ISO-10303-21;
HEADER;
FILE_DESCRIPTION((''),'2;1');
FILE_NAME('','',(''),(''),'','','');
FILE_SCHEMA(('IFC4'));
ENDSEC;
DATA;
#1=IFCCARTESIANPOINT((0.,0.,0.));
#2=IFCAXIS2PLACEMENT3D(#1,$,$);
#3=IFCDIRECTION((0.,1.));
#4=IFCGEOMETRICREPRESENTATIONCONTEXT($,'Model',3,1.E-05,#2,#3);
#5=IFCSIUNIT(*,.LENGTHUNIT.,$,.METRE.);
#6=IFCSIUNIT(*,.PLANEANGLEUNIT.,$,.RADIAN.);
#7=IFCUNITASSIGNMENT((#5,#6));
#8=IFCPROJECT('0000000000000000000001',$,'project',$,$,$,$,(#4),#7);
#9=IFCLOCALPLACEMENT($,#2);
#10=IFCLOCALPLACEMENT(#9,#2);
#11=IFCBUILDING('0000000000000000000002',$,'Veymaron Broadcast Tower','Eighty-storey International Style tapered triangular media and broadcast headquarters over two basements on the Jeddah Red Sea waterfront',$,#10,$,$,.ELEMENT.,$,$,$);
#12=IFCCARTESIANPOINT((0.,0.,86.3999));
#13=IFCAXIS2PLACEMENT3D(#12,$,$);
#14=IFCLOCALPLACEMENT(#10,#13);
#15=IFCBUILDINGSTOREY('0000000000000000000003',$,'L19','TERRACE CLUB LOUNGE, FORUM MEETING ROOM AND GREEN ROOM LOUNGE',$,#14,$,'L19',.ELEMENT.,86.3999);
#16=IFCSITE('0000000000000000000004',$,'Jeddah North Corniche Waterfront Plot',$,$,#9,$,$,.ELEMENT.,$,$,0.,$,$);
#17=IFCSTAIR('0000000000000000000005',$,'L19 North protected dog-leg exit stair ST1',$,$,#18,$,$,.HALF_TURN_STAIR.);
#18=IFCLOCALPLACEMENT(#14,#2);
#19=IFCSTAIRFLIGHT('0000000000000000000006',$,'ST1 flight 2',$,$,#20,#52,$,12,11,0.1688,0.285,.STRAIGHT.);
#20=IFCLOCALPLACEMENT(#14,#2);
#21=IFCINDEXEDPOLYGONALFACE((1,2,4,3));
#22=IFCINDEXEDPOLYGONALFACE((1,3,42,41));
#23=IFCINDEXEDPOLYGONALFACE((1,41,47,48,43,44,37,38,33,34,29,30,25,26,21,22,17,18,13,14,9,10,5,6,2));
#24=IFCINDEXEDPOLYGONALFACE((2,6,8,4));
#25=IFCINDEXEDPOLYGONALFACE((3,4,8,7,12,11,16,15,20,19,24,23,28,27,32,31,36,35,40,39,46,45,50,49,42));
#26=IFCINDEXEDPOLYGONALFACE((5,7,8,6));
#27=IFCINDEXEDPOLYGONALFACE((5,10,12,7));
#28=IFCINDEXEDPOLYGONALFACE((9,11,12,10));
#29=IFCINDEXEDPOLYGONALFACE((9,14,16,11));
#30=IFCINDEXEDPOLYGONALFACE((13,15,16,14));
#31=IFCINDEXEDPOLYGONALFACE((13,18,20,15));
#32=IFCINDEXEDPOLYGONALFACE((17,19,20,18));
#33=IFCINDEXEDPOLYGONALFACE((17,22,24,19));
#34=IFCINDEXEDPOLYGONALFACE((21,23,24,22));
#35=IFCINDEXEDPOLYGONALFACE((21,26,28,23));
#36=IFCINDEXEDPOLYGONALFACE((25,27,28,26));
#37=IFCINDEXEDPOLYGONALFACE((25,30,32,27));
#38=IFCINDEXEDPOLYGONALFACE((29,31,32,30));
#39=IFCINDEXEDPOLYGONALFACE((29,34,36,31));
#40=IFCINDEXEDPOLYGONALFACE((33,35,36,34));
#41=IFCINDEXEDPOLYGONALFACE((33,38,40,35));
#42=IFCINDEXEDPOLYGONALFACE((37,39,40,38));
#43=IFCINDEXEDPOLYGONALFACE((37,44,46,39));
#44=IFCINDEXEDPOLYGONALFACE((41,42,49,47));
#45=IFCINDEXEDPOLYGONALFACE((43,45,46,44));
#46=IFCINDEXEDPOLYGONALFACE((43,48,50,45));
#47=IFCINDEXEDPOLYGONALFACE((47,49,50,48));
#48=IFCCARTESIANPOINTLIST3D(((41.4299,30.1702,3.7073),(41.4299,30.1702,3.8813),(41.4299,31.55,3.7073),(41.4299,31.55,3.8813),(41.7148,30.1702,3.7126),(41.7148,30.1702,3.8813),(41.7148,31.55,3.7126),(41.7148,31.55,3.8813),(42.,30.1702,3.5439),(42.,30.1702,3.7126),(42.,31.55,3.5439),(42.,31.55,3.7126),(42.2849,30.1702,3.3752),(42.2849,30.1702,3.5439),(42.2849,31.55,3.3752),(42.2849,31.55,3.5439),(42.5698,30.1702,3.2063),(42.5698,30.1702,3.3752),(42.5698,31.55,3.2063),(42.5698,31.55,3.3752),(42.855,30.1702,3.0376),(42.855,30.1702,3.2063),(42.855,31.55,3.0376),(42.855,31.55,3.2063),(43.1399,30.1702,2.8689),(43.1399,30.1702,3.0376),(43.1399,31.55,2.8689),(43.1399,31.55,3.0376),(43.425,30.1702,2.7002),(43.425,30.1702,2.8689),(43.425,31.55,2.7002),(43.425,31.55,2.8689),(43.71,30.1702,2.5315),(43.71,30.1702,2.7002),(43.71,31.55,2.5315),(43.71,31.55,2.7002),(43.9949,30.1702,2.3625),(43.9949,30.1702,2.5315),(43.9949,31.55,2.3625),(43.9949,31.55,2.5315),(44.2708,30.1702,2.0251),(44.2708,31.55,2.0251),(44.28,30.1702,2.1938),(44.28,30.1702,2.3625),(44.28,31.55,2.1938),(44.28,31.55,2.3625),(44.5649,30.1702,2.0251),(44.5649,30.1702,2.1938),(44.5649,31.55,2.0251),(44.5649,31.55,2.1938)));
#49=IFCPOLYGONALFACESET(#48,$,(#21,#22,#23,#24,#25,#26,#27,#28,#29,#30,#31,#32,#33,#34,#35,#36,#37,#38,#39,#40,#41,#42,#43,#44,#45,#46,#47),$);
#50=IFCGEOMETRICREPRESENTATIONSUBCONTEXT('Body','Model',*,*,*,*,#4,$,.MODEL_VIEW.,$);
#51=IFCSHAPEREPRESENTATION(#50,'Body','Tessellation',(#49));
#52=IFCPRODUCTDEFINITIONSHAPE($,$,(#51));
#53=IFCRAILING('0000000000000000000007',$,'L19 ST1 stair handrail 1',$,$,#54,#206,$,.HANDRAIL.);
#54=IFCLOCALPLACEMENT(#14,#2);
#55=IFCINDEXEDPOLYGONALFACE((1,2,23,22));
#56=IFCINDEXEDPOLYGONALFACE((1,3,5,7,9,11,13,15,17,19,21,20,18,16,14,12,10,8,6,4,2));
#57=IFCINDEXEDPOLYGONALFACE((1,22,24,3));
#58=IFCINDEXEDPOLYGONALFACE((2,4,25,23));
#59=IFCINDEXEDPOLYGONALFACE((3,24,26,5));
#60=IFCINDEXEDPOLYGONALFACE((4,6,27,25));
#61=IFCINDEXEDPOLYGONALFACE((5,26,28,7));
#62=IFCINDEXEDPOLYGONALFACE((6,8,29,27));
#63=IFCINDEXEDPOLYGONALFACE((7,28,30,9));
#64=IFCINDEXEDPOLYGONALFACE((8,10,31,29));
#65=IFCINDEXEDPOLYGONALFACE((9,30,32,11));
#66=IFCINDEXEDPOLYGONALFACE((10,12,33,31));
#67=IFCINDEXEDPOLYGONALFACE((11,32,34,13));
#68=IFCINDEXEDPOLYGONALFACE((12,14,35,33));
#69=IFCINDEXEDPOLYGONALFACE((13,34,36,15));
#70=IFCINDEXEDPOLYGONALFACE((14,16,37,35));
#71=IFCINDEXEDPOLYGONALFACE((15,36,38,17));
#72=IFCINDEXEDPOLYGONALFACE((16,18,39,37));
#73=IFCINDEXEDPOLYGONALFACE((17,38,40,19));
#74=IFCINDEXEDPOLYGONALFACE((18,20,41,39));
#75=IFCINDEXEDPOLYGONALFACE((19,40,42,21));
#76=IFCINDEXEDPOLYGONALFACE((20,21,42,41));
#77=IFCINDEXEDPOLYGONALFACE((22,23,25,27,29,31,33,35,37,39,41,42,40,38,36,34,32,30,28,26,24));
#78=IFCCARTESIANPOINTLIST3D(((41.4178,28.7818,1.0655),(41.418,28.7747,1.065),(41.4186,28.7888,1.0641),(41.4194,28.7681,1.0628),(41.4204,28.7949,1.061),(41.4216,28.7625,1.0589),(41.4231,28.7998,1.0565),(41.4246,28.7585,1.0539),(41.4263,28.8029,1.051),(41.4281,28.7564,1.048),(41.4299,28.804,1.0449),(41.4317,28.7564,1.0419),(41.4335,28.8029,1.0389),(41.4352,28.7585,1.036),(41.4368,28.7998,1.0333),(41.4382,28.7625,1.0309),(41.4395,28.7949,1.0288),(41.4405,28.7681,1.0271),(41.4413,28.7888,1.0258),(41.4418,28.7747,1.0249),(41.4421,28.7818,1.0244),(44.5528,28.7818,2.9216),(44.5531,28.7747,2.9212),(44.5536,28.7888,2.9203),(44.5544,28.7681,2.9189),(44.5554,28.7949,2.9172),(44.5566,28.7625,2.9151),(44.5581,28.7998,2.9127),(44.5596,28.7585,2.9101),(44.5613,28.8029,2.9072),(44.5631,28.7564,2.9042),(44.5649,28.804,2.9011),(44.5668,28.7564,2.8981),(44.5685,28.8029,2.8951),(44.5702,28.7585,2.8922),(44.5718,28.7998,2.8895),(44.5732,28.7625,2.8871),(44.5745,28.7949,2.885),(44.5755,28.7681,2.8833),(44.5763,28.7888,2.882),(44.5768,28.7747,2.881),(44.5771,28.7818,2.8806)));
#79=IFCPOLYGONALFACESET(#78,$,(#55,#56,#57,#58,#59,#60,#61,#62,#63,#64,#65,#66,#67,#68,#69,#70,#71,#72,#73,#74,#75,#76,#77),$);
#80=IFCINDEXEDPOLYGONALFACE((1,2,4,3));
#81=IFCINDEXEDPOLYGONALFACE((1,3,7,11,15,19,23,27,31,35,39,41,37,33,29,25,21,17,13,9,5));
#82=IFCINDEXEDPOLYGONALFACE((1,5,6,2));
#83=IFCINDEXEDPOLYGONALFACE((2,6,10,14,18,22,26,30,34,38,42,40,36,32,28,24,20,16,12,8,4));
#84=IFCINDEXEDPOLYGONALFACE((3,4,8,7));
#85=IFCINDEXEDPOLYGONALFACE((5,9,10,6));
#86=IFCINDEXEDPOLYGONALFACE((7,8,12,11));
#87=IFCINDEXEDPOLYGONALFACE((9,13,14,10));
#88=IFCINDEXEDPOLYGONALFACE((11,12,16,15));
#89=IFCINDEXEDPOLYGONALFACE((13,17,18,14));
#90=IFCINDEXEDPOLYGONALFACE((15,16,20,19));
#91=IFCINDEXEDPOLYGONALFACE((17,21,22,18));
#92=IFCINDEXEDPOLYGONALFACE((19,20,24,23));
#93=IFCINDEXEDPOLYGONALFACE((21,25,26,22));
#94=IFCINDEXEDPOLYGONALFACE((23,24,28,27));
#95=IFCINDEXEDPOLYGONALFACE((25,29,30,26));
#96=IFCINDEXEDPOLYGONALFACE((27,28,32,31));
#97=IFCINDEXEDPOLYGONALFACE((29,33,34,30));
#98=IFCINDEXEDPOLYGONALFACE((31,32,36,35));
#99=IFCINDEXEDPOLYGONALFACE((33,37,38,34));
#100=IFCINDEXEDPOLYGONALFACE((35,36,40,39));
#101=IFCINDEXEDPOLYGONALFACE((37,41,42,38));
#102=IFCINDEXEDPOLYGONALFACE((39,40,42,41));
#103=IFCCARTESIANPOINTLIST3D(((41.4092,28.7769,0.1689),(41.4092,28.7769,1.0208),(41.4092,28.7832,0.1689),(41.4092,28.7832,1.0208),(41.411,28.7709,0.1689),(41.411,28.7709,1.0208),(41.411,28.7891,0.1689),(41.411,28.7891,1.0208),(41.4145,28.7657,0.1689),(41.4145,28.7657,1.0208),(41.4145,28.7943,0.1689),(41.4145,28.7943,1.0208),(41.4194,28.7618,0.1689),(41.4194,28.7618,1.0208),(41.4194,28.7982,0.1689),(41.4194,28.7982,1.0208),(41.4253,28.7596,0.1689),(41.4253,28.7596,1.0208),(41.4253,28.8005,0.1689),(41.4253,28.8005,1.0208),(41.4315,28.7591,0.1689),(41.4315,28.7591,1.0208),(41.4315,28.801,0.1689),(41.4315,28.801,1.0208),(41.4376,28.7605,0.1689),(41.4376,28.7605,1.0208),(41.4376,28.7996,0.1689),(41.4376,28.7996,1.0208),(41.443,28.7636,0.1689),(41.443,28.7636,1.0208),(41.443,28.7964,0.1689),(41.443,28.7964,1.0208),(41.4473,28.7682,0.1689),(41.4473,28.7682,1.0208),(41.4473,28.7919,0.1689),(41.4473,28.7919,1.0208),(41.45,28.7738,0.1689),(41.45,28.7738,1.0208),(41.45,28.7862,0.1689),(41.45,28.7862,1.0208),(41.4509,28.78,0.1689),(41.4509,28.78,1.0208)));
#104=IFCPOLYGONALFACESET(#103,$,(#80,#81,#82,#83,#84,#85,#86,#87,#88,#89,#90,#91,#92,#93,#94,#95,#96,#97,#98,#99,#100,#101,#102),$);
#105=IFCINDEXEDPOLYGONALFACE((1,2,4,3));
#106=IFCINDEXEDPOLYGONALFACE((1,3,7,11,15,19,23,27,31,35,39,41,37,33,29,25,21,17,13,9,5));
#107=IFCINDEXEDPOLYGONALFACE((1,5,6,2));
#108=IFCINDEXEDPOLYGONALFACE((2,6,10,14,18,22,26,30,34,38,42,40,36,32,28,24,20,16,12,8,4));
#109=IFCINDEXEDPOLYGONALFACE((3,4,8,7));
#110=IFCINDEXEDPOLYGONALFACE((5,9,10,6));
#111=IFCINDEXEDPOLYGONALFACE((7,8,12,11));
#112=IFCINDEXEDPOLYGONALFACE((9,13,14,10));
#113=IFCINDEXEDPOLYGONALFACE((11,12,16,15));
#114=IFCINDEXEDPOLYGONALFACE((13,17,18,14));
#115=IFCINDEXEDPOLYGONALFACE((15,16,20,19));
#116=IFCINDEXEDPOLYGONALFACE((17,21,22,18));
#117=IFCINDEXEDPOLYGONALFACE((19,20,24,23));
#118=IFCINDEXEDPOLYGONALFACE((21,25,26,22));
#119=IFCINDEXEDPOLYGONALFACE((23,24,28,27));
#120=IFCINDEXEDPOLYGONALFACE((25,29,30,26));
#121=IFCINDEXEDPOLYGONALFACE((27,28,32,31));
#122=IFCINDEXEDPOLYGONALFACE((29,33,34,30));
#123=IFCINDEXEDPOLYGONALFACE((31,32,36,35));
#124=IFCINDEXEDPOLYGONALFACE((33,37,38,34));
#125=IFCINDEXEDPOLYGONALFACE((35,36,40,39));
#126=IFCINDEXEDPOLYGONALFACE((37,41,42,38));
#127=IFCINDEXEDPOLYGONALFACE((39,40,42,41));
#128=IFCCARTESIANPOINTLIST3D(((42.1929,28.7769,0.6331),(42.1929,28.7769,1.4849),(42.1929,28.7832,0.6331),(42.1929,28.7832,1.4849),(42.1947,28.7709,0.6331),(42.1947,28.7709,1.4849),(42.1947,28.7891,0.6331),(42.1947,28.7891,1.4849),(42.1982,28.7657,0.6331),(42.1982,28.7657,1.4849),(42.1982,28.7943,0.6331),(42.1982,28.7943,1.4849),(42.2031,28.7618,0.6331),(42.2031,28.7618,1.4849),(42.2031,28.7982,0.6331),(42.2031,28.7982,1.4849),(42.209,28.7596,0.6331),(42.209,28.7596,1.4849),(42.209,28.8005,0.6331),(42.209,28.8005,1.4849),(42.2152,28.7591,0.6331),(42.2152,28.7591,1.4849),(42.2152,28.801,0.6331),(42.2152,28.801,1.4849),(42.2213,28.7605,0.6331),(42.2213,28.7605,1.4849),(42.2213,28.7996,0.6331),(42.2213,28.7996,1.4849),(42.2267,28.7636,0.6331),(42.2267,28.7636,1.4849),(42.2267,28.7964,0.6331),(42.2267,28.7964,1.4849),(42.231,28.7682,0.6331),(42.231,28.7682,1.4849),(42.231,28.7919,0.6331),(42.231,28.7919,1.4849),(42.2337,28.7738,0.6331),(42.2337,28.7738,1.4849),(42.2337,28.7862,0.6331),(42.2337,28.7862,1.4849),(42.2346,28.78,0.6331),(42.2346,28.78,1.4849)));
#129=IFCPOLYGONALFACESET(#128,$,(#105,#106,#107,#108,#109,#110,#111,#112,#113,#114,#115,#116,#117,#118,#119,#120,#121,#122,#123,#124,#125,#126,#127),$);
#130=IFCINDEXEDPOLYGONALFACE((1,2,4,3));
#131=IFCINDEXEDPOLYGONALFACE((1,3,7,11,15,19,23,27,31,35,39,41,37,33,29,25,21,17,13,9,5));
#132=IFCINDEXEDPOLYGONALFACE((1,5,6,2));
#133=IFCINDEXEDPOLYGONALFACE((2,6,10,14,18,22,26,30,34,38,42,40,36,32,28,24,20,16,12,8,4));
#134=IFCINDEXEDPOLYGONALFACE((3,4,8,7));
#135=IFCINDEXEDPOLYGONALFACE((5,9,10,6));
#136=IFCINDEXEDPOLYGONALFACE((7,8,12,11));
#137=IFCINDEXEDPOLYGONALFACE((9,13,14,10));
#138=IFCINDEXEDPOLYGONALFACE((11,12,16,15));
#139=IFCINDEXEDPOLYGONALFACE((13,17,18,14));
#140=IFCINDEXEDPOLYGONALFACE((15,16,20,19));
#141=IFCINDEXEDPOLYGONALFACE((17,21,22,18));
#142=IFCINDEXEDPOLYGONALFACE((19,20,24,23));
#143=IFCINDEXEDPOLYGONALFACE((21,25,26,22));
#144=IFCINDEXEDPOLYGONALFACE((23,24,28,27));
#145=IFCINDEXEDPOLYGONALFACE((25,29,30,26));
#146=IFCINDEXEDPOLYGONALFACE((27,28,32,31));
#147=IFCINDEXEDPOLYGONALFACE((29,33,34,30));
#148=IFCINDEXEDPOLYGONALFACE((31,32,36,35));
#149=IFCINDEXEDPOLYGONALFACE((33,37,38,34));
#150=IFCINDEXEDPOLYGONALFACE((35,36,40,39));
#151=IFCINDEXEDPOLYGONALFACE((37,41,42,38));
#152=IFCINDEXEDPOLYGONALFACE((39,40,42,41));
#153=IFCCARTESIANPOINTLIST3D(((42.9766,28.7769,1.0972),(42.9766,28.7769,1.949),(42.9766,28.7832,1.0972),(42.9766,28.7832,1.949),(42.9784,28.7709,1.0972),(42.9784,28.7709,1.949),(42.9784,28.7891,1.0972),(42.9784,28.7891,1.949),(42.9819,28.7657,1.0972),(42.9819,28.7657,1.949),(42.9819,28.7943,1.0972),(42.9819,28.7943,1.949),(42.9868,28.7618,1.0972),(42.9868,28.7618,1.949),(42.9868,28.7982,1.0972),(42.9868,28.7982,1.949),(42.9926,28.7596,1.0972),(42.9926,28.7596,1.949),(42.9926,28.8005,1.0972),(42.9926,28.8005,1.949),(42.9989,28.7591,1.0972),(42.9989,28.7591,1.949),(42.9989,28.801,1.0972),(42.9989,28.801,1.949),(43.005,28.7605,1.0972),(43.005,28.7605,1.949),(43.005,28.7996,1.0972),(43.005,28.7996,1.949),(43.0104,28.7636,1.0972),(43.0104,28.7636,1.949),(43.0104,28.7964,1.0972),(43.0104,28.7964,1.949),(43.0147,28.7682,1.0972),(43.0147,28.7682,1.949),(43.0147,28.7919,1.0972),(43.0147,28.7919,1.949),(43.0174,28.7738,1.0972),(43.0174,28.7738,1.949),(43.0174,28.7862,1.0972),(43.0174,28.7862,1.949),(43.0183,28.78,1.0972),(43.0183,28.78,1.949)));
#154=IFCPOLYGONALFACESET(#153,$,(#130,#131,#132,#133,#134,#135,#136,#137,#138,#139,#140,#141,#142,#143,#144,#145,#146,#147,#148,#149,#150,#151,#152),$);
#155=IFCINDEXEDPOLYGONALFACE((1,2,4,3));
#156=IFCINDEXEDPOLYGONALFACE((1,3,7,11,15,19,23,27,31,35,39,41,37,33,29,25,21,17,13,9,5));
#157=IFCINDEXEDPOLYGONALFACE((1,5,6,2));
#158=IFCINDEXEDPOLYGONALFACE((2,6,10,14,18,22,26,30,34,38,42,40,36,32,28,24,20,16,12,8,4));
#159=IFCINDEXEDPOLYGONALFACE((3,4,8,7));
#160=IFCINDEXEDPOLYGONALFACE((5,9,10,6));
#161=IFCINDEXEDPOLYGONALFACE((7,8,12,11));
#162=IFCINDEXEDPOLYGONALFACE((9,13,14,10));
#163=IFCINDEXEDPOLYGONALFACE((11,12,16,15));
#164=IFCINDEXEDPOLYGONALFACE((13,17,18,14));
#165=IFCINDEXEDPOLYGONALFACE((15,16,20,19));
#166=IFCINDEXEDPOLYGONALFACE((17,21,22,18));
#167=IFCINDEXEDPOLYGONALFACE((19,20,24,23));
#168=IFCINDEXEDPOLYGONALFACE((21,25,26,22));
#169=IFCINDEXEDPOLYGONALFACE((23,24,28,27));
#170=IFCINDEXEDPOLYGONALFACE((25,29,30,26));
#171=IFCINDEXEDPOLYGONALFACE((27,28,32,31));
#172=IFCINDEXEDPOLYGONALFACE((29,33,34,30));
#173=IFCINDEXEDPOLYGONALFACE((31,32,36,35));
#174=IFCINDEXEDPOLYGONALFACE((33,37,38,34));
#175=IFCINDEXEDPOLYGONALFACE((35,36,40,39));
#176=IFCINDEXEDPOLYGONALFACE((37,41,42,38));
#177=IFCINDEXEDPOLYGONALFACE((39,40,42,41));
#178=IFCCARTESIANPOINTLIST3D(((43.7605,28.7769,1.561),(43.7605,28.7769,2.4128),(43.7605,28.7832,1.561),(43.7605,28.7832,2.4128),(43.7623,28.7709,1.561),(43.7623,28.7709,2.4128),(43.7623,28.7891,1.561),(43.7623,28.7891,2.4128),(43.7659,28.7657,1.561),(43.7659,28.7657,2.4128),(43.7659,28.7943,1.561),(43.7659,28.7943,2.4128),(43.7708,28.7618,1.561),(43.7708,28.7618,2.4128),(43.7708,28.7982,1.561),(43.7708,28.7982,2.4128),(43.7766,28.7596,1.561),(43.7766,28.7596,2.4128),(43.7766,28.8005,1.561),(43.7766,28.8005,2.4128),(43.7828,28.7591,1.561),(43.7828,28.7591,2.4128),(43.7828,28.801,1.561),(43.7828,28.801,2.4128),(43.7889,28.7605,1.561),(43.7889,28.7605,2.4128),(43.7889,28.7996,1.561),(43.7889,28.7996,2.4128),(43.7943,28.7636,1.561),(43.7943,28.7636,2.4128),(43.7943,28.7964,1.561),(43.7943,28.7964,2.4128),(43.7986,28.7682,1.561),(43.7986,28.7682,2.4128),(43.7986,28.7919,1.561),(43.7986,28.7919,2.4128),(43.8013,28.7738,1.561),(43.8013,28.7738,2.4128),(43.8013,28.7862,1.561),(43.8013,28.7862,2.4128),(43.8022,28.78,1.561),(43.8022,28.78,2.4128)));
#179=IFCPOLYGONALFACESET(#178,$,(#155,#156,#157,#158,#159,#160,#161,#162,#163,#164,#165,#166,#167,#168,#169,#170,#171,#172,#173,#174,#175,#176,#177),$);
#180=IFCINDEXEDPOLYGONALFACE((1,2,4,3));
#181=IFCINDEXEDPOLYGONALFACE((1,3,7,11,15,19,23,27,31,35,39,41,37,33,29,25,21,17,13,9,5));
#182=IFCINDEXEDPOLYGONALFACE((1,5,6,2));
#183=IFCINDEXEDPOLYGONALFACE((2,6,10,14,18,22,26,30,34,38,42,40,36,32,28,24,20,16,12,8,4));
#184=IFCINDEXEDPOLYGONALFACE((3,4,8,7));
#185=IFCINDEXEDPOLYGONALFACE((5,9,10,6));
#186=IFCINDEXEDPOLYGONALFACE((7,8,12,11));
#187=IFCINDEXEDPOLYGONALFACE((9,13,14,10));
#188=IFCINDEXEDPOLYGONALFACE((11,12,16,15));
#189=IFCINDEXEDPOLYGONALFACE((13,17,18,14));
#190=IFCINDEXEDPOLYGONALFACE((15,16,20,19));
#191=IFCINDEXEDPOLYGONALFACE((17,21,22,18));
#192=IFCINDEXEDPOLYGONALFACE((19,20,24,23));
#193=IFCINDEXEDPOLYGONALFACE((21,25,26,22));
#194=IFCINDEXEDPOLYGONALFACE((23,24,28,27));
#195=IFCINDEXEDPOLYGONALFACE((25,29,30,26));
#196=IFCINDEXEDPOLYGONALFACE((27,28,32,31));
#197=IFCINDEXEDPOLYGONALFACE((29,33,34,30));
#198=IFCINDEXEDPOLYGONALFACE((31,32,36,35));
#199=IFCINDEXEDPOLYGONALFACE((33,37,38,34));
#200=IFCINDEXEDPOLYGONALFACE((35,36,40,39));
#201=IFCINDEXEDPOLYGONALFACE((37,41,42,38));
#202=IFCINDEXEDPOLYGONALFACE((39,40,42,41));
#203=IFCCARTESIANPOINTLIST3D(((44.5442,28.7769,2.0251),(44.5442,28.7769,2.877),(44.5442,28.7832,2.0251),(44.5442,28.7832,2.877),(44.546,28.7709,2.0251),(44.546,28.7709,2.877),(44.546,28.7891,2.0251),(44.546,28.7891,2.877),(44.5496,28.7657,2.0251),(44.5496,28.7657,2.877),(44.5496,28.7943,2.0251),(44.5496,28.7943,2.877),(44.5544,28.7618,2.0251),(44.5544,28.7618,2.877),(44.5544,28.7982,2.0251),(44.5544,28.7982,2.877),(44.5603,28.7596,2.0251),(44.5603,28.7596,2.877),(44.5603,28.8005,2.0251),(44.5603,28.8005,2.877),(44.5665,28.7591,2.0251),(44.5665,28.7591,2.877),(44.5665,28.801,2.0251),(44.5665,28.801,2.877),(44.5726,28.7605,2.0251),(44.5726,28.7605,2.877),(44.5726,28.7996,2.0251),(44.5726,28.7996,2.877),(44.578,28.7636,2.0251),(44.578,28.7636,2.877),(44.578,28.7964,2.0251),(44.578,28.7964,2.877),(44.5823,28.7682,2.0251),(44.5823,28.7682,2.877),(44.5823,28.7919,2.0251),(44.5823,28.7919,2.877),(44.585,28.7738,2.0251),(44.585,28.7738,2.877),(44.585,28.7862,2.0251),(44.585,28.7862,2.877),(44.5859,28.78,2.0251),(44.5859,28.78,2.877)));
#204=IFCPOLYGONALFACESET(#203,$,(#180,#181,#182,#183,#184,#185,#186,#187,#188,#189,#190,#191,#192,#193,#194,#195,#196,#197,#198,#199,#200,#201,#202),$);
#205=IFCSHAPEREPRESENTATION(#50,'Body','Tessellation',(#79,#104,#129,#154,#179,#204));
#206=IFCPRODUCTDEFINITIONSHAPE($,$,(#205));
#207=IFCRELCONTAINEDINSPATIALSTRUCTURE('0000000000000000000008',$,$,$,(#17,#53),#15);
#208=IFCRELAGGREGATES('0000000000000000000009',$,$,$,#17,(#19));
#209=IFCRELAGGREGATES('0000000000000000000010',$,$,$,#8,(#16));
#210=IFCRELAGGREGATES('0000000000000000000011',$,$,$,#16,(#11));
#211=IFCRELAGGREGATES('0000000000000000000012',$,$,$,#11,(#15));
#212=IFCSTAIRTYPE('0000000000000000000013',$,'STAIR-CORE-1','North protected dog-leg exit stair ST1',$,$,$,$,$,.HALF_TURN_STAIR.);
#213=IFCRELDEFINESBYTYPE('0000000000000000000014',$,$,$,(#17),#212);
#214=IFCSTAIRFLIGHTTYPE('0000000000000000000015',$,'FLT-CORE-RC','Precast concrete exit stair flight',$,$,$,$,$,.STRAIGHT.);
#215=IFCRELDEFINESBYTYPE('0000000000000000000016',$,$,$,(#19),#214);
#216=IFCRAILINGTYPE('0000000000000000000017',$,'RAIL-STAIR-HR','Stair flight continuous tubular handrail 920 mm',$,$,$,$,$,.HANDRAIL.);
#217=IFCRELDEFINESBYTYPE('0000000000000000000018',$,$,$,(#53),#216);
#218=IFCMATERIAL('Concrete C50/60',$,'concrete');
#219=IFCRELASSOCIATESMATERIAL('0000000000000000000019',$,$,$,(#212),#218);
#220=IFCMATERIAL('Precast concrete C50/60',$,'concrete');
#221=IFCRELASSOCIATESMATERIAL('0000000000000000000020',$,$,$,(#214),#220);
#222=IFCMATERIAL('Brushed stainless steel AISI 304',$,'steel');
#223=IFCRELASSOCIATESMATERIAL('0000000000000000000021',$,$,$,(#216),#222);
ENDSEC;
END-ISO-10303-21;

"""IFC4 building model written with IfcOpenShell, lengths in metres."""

from ifc_helpers import new_model, si_unit, direction, frame, origin, origin_2d, place, context, subcontext, project, spatial, polyline, circle, outline, extrude, material, type_object, element, aggregate, save


model = new_model("IFC4")

# Units and contexts
model_context = context("Model", 3, precision=1e-05, world=origin(), true_north=direction((0.0, 1.0)))
body_context = subcontext(model_context, "Body", "Model", "MODEL_VIEW")
ifc_project = project(units=[si_unit("LENGTHUNIT", "METRE"), si_unit("PLANEANGLEUNIT", "RADIAN")], contexts=[model_context])

# Site, building, storey
site_placement = place(None, origin())
site = spatial("IfcSite", under=ifc_project, at=site_placement, Name="Jeddah North Corniche Waterfront Plot", CompositionType="ELEMENT", RefElevation=0.0)
building_placement = place(site_placement, origin())
building = spatial("IfcBuilding", under=site, at=building_placement, Name="Veymaron Broadcast Tower", Description="Eighty-storey International Style tapered triangular media and broadcast headquarters over two basements on the Jeddah Red Sea waterfront", CompositionType="ELEMENT")
storey_placement = place(building_placement, frame((0.0, 0.0, 86.3999)))
storey = spatial("IfcBuildingStorey", under=building, at=storey_placement, Name="L19", Description="TERRACE CLUB LOUNGE, FORUM MEETING ROOM AND GREEN ROOM LOUNGE", LongName="L19", CompositionType="ELEMENT", Elevation=86.3999)

# Shared definitions
ifc_material_1 = material(Name="Brushed stainless steel AISI 304", Category="steel")

# Shared definitions
ifc_material_2 = material(Name="Concrete C50/60", Category="concrete")

# Stair, stair flight
stair_type = type_object("IfcStairType", Name="STAIR-CORE-1", Description="North protected dog-leg exit stair ST1", PredefinedType="HALF_TURN_STAIR", material=ifc_material_2)
stair_placement = place(storey_placement, origin())
stair = element("IfcStair", 1, at=stair_placement, inside=storey, type_object=stair_type, Name="L19 North protected dog-leg exit stair ST1", PredefinedType="HALF_TURN_STAIR")
ifc_material_3 = material(Name="Precast concrete C50/60", Category="concrete")
stair_flight_type = type_object("IfcStairFlightType", Name="FLT-CORE-RC", Description="Precast concrete exit stair flight", PredefinedType="STRAIGHT", material=ifc_material_3)
stair_flight_1_placement = place(storey_placement, frame((44.5649, 30.8601, 2.0251), z_axis=(0.0, 0.0, 1.0), x_axis=(-1.0, 0.0, 0.0)))
stair_flight_1 = element("IfcStairFlight", 2, at=stair_flight_1_placement, type_object=stair_flight_type, Name="ST1 flight 2", NumberOfRisers=12, NumberOfTreads=11, PredefinedType="STRAIGHT", RiserHeight=0.1688, TreadLength=0.285, context=body_context, shape_type="SweptSolid", body=[
    extrude(outline(polyline([(0.0, 0.0), (0.0, 0.1687), (0.2849, 0.1687), (0.2849, 0.3374), (0.5701, 0.3374), (0.5701, 0.5063), (0.855, 0.5063), (0.855, 0.675), (1.1399, 0.675), (1.1399, 0.8438), (1.425, 0.8438), (1.425, 1.0125), (1.71, 1.0125), (1.71, 1.1812), (1.9951, 1.1812), (1.9951, 1.3501), (2.28, 1.3501), (2.28, 1.5188), (2.5649, 1.5188), (2.5649, 1.6875), (2.8501, 1.6875), (2.8501, 1.8562), (3.135, 1.8562), (3.135, 2.0249), (3.135, 1.6821), (0.2942, 0.0), (0.0, 0.0)])), frame((0.0, 0.6899, 0.0), z_axis=(0.0, -1.0, 0.0), x_axis=(1.0, 0.0, 0.0)), (0.0, 0.0, 1.0), 1.3799),
])
aggregate(stair, [stair_flight_1])

# Railing
railing_type_1 = type_object("IfcRailingType", Name="RAIL-STAIR-HR", Description="Stair flight continuous tubular handrail 920 mm", PredefinedType="HANDRAIL", material=ifc_material_1)
railing_1_placement = place(storey_placement, frame((41.4299, 28.78, 0.1689)))
element("IfcRailing", 3, at=railing_1_placement, inside=storey, type_object=railing_type_1, Name="L19 ST1 stair handrail 1", PredefinedType="HANDRAIL", context=body_context, shape_type="SweptSolid", body=[
    extrude(circle(Radius=0.0239, at=origin_2d()), frame((0.0, 0.0, 0.876), z_axis=(0.860482, 0.0, 0.509481), x_axis=(0.0, 1.0, 0.0)), (0.0, 0.0, 1.0), 3.6433),
    extrude(circle(Radius=0.021, at=origin_2d()), origin(), (0.0, 0.0, 1.0), 0.8518),
    extrude(circle(Radius=0.021, at=origin_2d()), frame((0.7837, 0.0, 0.4641)), (0.0, 0.0, 1.0), 0.8518),
    extrude(circle(Radius=0.021, at=origin_2d()), frame((1.5674, 0.0, 0.9282)), (0.0, 0.0, 1.0), 0.8518),
    extrude(circle(Radius=0.021, at=origin_2d()), frame((2.3513, 0.0, 1.3921)), (0.0, 0.0, 1.0), 0.8518),
    extrude(circle(Radius=0.021, at=origin_2d()), frame((3.135, 0.0, 1.8562)), (0.0, 0.0, 1.0), 0.8518),
])

save(model, "model.ifc")
